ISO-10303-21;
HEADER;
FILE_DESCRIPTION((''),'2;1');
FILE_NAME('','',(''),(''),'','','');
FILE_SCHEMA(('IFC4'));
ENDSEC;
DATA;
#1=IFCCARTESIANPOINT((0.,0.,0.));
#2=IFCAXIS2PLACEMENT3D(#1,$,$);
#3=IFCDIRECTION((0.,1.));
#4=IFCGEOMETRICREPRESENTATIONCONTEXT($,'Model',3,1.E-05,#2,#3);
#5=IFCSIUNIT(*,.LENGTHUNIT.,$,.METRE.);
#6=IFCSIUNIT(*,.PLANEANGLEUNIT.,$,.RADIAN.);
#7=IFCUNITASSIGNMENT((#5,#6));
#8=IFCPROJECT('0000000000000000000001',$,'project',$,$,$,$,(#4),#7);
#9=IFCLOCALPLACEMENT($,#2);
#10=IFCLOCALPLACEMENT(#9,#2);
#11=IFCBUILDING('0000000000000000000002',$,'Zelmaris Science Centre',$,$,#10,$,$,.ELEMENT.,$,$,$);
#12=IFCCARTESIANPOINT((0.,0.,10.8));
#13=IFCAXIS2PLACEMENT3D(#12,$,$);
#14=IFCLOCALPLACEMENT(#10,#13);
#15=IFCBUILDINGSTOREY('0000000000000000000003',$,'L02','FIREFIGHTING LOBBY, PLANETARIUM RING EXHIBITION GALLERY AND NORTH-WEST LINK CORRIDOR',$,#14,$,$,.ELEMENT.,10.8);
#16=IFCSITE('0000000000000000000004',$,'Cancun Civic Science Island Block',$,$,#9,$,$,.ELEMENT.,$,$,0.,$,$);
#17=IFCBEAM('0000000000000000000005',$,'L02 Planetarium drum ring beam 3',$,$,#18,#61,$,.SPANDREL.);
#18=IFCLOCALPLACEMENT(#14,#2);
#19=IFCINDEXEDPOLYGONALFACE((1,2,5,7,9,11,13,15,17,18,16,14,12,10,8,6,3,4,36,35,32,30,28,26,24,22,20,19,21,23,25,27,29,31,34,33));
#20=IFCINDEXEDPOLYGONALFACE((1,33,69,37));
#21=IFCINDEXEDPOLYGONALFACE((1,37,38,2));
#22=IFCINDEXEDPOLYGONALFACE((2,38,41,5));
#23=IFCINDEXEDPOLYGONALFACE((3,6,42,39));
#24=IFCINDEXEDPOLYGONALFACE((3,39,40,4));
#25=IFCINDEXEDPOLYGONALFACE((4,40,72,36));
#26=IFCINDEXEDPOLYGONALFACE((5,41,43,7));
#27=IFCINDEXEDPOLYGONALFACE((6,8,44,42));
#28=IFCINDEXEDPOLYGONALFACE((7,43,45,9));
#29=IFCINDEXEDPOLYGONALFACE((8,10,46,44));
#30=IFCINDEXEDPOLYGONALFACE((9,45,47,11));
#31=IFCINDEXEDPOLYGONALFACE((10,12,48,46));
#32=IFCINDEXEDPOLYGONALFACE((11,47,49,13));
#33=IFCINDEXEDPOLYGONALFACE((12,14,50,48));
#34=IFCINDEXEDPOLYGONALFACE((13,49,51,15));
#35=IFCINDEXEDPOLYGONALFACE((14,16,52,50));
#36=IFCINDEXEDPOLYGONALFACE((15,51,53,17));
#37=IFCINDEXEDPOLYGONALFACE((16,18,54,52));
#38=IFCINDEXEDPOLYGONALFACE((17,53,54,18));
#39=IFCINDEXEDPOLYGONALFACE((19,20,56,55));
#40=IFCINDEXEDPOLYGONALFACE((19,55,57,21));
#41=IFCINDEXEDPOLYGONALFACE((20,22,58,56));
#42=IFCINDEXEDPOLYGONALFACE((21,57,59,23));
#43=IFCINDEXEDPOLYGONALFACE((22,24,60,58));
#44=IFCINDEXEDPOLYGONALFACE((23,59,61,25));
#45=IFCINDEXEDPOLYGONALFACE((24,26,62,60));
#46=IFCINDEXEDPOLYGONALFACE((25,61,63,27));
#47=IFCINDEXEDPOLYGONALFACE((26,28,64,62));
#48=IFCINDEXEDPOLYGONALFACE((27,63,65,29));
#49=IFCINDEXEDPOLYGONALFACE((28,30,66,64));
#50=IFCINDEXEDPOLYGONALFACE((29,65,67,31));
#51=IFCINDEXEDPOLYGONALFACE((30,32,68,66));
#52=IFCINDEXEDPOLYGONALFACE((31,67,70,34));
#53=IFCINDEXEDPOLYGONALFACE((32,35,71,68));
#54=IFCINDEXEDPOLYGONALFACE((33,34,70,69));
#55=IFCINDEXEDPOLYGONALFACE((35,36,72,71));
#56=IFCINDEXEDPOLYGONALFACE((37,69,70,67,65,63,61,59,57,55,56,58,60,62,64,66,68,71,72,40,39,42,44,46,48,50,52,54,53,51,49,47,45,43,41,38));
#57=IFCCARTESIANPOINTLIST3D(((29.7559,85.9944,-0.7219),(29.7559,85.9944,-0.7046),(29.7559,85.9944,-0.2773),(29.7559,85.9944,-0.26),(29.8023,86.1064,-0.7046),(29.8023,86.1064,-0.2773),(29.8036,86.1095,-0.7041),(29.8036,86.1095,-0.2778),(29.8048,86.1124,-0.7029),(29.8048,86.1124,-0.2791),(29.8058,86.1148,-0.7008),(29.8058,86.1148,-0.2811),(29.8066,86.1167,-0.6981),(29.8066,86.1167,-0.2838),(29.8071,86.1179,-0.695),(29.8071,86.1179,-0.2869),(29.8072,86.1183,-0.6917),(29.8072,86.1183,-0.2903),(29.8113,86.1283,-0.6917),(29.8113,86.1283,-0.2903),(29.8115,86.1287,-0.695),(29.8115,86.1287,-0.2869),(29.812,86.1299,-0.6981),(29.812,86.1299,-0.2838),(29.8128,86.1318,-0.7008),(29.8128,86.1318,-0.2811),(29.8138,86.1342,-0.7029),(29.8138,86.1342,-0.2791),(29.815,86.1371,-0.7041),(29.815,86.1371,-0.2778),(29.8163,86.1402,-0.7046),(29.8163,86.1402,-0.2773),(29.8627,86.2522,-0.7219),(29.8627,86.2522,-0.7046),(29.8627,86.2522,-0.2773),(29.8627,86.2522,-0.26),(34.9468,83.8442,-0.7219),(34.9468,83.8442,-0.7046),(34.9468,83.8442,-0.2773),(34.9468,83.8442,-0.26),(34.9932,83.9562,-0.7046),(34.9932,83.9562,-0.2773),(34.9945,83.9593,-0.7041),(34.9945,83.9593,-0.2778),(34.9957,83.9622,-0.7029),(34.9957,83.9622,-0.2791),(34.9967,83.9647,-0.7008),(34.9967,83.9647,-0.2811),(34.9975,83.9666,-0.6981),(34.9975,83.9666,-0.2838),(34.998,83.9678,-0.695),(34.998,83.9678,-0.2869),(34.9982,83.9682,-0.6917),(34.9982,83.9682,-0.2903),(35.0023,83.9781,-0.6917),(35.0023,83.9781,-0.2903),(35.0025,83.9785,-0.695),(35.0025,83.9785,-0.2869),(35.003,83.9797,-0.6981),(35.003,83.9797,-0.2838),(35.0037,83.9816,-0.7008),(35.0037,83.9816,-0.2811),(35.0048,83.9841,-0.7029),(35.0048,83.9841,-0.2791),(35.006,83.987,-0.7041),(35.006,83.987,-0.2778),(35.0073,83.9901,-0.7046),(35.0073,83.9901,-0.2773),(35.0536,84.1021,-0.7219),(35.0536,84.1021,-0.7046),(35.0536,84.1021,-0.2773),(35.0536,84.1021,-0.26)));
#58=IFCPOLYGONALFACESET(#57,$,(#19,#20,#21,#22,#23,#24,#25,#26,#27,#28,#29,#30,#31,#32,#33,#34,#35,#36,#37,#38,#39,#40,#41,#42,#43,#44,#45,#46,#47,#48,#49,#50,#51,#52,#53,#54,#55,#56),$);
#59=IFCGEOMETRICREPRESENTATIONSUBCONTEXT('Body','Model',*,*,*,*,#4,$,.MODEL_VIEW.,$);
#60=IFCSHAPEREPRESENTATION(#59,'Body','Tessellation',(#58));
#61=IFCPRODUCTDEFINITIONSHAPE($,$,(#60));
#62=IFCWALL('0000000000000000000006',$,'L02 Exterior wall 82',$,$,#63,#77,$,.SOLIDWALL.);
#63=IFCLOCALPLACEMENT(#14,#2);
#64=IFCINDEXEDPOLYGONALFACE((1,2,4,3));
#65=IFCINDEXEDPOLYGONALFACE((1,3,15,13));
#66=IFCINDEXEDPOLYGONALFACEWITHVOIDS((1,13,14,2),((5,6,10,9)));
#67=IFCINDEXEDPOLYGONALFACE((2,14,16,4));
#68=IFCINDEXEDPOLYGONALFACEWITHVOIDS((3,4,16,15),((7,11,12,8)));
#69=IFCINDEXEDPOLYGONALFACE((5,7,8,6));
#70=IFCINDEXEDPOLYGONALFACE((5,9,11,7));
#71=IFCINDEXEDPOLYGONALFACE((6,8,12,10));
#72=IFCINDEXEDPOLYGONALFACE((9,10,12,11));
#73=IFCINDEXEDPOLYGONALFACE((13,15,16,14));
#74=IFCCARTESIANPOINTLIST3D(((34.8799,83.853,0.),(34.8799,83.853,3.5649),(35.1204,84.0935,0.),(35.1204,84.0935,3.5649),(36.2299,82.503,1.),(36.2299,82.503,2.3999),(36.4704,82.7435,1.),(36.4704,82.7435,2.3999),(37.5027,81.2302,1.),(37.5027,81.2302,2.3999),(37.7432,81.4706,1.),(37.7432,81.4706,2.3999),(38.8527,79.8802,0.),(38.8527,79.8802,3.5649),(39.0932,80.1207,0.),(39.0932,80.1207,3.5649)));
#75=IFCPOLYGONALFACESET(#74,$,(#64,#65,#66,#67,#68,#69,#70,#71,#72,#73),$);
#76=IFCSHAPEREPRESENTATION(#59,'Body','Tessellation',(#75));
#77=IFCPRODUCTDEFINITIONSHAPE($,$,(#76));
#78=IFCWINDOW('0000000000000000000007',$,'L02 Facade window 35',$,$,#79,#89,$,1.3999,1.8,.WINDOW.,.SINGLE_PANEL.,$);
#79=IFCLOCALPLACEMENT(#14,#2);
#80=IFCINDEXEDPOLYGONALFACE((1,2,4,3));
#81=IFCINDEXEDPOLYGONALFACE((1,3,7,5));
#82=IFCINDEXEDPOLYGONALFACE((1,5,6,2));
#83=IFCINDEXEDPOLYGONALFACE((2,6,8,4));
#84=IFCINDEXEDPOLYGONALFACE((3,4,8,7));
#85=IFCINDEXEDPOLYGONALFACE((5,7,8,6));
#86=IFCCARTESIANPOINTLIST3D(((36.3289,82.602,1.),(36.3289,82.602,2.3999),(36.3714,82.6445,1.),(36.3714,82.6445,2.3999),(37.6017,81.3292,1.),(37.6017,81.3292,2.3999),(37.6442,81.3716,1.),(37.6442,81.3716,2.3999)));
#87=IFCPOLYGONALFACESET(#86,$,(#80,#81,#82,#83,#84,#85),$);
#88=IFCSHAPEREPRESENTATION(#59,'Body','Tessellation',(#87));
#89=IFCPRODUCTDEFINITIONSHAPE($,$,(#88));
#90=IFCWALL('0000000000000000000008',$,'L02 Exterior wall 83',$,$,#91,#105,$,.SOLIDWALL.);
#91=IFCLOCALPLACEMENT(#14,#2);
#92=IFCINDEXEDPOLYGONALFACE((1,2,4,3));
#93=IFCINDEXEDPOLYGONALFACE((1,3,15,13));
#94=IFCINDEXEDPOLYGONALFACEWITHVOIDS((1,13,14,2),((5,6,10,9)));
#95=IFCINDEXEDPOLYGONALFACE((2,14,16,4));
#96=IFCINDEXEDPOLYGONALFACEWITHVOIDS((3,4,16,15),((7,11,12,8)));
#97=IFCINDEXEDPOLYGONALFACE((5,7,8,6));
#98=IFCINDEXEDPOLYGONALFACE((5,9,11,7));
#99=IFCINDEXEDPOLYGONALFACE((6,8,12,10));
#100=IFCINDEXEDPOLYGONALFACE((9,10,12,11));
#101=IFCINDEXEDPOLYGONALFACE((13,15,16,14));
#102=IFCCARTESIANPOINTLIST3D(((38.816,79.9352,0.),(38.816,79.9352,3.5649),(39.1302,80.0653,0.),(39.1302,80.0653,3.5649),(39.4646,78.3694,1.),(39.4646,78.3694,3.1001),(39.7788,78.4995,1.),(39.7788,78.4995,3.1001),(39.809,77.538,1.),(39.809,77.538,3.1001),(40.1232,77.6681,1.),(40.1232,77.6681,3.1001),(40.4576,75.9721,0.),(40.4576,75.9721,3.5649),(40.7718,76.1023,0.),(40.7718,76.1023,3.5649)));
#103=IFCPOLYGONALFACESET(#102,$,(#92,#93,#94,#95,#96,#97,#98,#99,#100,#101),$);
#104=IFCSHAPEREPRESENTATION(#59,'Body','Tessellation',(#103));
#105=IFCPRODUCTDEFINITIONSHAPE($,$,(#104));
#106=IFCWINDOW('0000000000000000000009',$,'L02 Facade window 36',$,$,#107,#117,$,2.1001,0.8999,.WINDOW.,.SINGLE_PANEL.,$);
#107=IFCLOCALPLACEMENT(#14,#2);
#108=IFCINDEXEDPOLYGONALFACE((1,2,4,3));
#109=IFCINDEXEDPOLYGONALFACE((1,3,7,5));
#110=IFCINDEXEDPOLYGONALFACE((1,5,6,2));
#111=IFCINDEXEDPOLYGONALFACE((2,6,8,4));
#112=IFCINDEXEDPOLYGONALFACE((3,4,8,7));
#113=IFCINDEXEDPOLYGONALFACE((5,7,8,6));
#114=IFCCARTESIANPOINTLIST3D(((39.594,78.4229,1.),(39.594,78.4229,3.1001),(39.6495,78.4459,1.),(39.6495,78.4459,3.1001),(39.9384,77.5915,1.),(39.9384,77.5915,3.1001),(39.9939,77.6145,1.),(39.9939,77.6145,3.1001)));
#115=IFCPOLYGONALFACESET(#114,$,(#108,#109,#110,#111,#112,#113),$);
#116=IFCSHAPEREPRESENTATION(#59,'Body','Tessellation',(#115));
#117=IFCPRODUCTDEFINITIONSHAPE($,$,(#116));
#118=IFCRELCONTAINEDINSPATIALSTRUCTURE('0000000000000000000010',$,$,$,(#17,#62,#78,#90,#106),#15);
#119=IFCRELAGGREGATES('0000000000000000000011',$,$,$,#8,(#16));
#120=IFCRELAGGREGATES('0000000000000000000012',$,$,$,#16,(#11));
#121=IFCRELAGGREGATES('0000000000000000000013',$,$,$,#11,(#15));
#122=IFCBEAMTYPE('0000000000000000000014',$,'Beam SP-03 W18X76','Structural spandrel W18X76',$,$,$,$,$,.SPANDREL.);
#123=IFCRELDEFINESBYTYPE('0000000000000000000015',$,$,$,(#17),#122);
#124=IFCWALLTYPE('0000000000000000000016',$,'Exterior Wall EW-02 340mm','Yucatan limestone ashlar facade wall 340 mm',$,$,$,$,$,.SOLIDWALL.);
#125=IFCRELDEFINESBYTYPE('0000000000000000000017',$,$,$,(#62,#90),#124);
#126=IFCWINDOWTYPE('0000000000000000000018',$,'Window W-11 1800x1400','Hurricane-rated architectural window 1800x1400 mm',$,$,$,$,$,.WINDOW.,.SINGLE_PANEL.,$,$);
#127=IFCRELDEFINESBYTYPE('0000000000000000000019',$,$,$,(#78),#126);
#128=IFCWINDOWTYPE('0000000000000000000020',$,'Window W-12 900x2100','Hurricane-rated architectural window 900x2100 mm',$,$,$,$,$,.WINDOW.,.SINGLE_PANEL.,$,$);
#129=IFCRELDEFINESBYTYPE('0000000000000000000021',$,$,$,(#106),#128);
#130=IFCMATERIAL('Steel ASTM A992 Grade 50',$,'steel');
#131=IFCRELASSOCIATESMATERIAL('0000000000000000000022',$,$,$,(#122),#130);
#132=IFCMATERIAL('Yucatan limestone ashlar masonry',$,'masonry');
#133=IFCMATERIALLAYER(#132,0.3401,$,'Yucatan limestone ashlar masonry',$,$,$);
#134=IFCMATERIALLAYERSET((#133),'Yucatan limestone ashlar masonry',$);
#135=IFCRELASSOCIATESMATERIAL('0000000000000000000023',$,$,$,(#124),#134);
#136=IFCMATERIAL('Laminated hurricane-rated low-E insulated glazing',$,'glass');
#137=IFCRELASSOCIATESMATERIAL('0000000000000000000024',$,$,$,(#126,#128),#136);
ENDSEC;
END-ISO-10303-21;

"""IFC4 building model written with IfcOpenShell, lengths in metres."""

from ifc_helpers import new_model, si_unit, direction, frame, frame_2d, origin, origin_2d, place, context, subcontext, project, spatial, rectangle, i_section, extrude, material, layer, layer_set, material_profile, profile_set, type_object, element, fill, save


model = new_model("IFC4")

# Units and contexts
model_context = context("Model", 3, precision=1e-05, world=origin(), true_north=direction((0.0, 1.0)))
body_context = subcontext(model_context, "Body", "Model", "MODEL_VIEW")
ifc_project = project(units=[si_unit("LENGTHUNIT", "METRE"), si_unit("PLANEANGLEUNIT", "RADIAN")], contexts=[model_context])

# Site, building, storey
site_placement = place(None, origin())
site = spatial("IfcSite", under=ifc_project, at=site_placement, Name="Cancun Civic Science Island Block", CompositionType="ELEMENT", RefElevation=0.0)
building_placement = place(site_placement, origin())
building = spatial("IfcBuilding", under=site, at=building_placement, Name="Zelmaris Science Centre", CompositionType="ELEMENT")
storey_placement = place(building_placement, frame((0.0, 0.0, 10.8)))
storey = spatial("IfcBuildingStorey", under=building, at=storey_placement, Name="L02", Description="FIREFIGHTING LOBBY, PLANETARIUM RING EXHIBITION GALLERY AND NORTH-WEST LINK CORRIDOR", CompositionType="ELEMENT", Elevation=10.8)

# Beam
ifc_material_1 = material(Name="Steel ASTM A992 Grade 50", Category="steel")
ifc_material_profile_1 = material_profile(ifc_material_1, i_section(OverallWidth=0.2791, OverallDepth=0.4619, WebThickness=0.0107, FlangeThickness=0.0173, FilletRadius=0.0129, at=origin_2d()), Name="W18X76")
ifc_profile_set_1 = profile_set([ifc_material_profile_1], Name="Steel ASTM A992 Grade 50")
beam_type_1 = type_object("IfcBeamType", Name="Beam SP-03 W18X76", Description="Structural spandrel W18X76", PredefinedType="SPANDREL", material=ifc_profile_set_1)
beam_1_placement = place(storey_placement, frame((35.0002, 83.9731, -0.491), z_axis=(-0.92388, 0.382683, 0.0), x_axis=(-0.382683, -0.92388, 0.0)))
element("IfcBeam", 1, at=beam_1_placement, inside=storey, type_object=beam_type_1, Name="L02 Planetarium drum ring beam 3", PredefinedType="SPANDREL", context=body_context, shape_type="SweptSolid", body=[
    extrude(i_section(OverallWidth=0.2791, OverallDepth=0.4619, WebThickness=0.0107, FlangeThickness=0.0173, FilletRadius=0.0129, at=origin_2d()), origin(), (0.0, 0.0, 1.0), 5.6187),
])

# Walls, openings, windows
ifc_material_2 = material(Name="Yucatan limestone ashlar masonry", Category="masonry")
ifc_layer_1 = layer(ifc_material_2, 0.3401, Name="Yucatan limestone ashlar masonry")
ifc_layer_set_1 = layer_set([ifc_layer_1], Name="Yucatan limestone ashlar masonry")
wall_type = type_object("IfcWallType", Name="Exterior Wall EW-02 340mm", Description="Yucatan limestone ashlar facade wall 340 mm", PredefinedType="SOLIDWALL", material=ifc_layer_set_1)
wall_1_placement = place(storey_placement, frame((35.0002, 83.9731, 0.0), z_axis=(0.0, 0.0, 1.0), x_axis=(0.707107, -0.707107, 0.0)))
wall_1 = element("IfcWall", 2, at=wall_1_placement, inside=storey, type_object=wall_type, Name="L02 Exterior wall 82", PredefinedType="SOLIDWALL", context=body_context, shape_type="SweptSolid", body=[
    extrude(rectangle(XDim=5.6184, YDim=0.3401, at=frame_2d((2.8091, 0.0))), origin(), (0.0, 0.0, 1.0), 3.5649),
])
opening_1_placement = place(wall_1_placement, frame((1.9092, 0.0, 1.0)))
opening_1 = element("IfcOpeningElement", 3, at=opening_1_placement, cuts=wall_1, PredefinedType="OPENING", context=body_context, shape_type="SweptSolid", body=[
    extrude(rectangle(XDim=1.8, YDim=1.3999, at=frame_2d((0.8999, 0.7))), frame((0.0, 0.1799, 0.0), z_axis=(0.0, -1.0, 0.0), x_axis=(1.0, 0.0, 0.0)), (0.0, 0.0, 1.0), 0.3601),
])
ifc_material_3 = material(Name="Laminated hurricane-rated low-E insulated glazing", Category="glass")
window_type_1 = type_object("IfcWindowType", Name="Window W-11 1800x1400", Description="Hurricane-rated architectural window 1800x1400 mm", PartitioningType="SINGLE_PANEL", PredefinedType="WINDOW", material=ifc_material_3)
window_1_placement = place(opening_1_placement, origin())
window_1 = element("IfcWindow", 4, at=window_1_placement, inside=storey, type_object=window_type_1, Name="L02 Facade window 35", OverallHeight=1.3999, OverallWidth=1.8, PartitioningType="SINGLE_PANEL", PredefinedType="WINDOW", context=body_context, shape_type="SweptSolid", body=[
    extrude(rectangle(XDim=1.8, YDim=1.3999, at=frame_2d((0.8999, 0.7))), frame((0.0, 0.03, 0.0), z_axis=(0.0, -1.0, 0.0), x_axis=(1.0, 0.0, 0.0)), (0.0, 0.0, 1.0), 0.0601),
])
fill(opening_1, window_1)
wall_2_placement = place(storey_placement, frame((38.9731, 80.0002, 0.0), z_axis=(0.0, 0.0, 1.0), x_axis=(0.382687, -0.923878, 0.0)))
wall_2 = element("IfcWall", 5, at=wall_2_placement, inside=storey, type_object=wall_type, Name="L02 Exterior wall 83", PredefinedType="SOLIDWALL", context=body_context, shape_type="SweptSolid", body=[
    extrude(rectangle(XDim=4.2896, YDim=0.3401, at=frame_2d((2.1448, 0.0))), origin(), (0.0, 0.0, 1.0), 3.5649),
])
opening_2_placement = place(wall_2_placement, frame((1.6948, 0.0, 1.0)))
opening_2 = element("IfcOpeningElement", 6, at=opening_2_placement, cuts=wall_2, PredefinedType="OPENING", context=body_context, shape_type="SweptSolid", body=[
    extrude(rectangle(XDim=0.8999, YDim=2.1001, at=frame_2d((0.45, 1.05))), frame((0.0, 0.1799, 0.0), z_axis=(0.0, -1.0, 0.0), x_axis=(1.0, 0.0, 0.0)), (0.0, 0.0, 1.0), 0.3601),
])
window_type_2 = type_object("IfcWindowType", Name="Window W-12 900x2100", Description="Hurricane-rated architectural window 900x2100 mm", PartitioningType="SINGLE_PANEL", PredefinedType="WINDOW", material=ifc_material_3)
window_2_placement = place(opening_2_placement, origin())
window_2 = element("IfcWindow", 7, at=window_2_placement, inside=storey, type_object=window_type_2, Name="L02 Facade window 36", OverallHeight=2.1001, OverallWidth=0.8999, PartitioningType="SINGLE_PANEL", PredefinedType="WINDOW", context=body_context, shape_type="SweptSolid", body=[
    extrude(rectangle(XDim=0.8999, YDim=2.1001, at=frame_2d((0.45, 1.05))), frame((0.0, 0.03, 0.0), z_axis=(0.0, -1.0, 0.0), x_axis=(1.0, 0.0, 0.0)), (0.0, 0.0, 1.0), 0.0601),
])
fill(opening_2, window_2)

save(model, "model.ifc")
